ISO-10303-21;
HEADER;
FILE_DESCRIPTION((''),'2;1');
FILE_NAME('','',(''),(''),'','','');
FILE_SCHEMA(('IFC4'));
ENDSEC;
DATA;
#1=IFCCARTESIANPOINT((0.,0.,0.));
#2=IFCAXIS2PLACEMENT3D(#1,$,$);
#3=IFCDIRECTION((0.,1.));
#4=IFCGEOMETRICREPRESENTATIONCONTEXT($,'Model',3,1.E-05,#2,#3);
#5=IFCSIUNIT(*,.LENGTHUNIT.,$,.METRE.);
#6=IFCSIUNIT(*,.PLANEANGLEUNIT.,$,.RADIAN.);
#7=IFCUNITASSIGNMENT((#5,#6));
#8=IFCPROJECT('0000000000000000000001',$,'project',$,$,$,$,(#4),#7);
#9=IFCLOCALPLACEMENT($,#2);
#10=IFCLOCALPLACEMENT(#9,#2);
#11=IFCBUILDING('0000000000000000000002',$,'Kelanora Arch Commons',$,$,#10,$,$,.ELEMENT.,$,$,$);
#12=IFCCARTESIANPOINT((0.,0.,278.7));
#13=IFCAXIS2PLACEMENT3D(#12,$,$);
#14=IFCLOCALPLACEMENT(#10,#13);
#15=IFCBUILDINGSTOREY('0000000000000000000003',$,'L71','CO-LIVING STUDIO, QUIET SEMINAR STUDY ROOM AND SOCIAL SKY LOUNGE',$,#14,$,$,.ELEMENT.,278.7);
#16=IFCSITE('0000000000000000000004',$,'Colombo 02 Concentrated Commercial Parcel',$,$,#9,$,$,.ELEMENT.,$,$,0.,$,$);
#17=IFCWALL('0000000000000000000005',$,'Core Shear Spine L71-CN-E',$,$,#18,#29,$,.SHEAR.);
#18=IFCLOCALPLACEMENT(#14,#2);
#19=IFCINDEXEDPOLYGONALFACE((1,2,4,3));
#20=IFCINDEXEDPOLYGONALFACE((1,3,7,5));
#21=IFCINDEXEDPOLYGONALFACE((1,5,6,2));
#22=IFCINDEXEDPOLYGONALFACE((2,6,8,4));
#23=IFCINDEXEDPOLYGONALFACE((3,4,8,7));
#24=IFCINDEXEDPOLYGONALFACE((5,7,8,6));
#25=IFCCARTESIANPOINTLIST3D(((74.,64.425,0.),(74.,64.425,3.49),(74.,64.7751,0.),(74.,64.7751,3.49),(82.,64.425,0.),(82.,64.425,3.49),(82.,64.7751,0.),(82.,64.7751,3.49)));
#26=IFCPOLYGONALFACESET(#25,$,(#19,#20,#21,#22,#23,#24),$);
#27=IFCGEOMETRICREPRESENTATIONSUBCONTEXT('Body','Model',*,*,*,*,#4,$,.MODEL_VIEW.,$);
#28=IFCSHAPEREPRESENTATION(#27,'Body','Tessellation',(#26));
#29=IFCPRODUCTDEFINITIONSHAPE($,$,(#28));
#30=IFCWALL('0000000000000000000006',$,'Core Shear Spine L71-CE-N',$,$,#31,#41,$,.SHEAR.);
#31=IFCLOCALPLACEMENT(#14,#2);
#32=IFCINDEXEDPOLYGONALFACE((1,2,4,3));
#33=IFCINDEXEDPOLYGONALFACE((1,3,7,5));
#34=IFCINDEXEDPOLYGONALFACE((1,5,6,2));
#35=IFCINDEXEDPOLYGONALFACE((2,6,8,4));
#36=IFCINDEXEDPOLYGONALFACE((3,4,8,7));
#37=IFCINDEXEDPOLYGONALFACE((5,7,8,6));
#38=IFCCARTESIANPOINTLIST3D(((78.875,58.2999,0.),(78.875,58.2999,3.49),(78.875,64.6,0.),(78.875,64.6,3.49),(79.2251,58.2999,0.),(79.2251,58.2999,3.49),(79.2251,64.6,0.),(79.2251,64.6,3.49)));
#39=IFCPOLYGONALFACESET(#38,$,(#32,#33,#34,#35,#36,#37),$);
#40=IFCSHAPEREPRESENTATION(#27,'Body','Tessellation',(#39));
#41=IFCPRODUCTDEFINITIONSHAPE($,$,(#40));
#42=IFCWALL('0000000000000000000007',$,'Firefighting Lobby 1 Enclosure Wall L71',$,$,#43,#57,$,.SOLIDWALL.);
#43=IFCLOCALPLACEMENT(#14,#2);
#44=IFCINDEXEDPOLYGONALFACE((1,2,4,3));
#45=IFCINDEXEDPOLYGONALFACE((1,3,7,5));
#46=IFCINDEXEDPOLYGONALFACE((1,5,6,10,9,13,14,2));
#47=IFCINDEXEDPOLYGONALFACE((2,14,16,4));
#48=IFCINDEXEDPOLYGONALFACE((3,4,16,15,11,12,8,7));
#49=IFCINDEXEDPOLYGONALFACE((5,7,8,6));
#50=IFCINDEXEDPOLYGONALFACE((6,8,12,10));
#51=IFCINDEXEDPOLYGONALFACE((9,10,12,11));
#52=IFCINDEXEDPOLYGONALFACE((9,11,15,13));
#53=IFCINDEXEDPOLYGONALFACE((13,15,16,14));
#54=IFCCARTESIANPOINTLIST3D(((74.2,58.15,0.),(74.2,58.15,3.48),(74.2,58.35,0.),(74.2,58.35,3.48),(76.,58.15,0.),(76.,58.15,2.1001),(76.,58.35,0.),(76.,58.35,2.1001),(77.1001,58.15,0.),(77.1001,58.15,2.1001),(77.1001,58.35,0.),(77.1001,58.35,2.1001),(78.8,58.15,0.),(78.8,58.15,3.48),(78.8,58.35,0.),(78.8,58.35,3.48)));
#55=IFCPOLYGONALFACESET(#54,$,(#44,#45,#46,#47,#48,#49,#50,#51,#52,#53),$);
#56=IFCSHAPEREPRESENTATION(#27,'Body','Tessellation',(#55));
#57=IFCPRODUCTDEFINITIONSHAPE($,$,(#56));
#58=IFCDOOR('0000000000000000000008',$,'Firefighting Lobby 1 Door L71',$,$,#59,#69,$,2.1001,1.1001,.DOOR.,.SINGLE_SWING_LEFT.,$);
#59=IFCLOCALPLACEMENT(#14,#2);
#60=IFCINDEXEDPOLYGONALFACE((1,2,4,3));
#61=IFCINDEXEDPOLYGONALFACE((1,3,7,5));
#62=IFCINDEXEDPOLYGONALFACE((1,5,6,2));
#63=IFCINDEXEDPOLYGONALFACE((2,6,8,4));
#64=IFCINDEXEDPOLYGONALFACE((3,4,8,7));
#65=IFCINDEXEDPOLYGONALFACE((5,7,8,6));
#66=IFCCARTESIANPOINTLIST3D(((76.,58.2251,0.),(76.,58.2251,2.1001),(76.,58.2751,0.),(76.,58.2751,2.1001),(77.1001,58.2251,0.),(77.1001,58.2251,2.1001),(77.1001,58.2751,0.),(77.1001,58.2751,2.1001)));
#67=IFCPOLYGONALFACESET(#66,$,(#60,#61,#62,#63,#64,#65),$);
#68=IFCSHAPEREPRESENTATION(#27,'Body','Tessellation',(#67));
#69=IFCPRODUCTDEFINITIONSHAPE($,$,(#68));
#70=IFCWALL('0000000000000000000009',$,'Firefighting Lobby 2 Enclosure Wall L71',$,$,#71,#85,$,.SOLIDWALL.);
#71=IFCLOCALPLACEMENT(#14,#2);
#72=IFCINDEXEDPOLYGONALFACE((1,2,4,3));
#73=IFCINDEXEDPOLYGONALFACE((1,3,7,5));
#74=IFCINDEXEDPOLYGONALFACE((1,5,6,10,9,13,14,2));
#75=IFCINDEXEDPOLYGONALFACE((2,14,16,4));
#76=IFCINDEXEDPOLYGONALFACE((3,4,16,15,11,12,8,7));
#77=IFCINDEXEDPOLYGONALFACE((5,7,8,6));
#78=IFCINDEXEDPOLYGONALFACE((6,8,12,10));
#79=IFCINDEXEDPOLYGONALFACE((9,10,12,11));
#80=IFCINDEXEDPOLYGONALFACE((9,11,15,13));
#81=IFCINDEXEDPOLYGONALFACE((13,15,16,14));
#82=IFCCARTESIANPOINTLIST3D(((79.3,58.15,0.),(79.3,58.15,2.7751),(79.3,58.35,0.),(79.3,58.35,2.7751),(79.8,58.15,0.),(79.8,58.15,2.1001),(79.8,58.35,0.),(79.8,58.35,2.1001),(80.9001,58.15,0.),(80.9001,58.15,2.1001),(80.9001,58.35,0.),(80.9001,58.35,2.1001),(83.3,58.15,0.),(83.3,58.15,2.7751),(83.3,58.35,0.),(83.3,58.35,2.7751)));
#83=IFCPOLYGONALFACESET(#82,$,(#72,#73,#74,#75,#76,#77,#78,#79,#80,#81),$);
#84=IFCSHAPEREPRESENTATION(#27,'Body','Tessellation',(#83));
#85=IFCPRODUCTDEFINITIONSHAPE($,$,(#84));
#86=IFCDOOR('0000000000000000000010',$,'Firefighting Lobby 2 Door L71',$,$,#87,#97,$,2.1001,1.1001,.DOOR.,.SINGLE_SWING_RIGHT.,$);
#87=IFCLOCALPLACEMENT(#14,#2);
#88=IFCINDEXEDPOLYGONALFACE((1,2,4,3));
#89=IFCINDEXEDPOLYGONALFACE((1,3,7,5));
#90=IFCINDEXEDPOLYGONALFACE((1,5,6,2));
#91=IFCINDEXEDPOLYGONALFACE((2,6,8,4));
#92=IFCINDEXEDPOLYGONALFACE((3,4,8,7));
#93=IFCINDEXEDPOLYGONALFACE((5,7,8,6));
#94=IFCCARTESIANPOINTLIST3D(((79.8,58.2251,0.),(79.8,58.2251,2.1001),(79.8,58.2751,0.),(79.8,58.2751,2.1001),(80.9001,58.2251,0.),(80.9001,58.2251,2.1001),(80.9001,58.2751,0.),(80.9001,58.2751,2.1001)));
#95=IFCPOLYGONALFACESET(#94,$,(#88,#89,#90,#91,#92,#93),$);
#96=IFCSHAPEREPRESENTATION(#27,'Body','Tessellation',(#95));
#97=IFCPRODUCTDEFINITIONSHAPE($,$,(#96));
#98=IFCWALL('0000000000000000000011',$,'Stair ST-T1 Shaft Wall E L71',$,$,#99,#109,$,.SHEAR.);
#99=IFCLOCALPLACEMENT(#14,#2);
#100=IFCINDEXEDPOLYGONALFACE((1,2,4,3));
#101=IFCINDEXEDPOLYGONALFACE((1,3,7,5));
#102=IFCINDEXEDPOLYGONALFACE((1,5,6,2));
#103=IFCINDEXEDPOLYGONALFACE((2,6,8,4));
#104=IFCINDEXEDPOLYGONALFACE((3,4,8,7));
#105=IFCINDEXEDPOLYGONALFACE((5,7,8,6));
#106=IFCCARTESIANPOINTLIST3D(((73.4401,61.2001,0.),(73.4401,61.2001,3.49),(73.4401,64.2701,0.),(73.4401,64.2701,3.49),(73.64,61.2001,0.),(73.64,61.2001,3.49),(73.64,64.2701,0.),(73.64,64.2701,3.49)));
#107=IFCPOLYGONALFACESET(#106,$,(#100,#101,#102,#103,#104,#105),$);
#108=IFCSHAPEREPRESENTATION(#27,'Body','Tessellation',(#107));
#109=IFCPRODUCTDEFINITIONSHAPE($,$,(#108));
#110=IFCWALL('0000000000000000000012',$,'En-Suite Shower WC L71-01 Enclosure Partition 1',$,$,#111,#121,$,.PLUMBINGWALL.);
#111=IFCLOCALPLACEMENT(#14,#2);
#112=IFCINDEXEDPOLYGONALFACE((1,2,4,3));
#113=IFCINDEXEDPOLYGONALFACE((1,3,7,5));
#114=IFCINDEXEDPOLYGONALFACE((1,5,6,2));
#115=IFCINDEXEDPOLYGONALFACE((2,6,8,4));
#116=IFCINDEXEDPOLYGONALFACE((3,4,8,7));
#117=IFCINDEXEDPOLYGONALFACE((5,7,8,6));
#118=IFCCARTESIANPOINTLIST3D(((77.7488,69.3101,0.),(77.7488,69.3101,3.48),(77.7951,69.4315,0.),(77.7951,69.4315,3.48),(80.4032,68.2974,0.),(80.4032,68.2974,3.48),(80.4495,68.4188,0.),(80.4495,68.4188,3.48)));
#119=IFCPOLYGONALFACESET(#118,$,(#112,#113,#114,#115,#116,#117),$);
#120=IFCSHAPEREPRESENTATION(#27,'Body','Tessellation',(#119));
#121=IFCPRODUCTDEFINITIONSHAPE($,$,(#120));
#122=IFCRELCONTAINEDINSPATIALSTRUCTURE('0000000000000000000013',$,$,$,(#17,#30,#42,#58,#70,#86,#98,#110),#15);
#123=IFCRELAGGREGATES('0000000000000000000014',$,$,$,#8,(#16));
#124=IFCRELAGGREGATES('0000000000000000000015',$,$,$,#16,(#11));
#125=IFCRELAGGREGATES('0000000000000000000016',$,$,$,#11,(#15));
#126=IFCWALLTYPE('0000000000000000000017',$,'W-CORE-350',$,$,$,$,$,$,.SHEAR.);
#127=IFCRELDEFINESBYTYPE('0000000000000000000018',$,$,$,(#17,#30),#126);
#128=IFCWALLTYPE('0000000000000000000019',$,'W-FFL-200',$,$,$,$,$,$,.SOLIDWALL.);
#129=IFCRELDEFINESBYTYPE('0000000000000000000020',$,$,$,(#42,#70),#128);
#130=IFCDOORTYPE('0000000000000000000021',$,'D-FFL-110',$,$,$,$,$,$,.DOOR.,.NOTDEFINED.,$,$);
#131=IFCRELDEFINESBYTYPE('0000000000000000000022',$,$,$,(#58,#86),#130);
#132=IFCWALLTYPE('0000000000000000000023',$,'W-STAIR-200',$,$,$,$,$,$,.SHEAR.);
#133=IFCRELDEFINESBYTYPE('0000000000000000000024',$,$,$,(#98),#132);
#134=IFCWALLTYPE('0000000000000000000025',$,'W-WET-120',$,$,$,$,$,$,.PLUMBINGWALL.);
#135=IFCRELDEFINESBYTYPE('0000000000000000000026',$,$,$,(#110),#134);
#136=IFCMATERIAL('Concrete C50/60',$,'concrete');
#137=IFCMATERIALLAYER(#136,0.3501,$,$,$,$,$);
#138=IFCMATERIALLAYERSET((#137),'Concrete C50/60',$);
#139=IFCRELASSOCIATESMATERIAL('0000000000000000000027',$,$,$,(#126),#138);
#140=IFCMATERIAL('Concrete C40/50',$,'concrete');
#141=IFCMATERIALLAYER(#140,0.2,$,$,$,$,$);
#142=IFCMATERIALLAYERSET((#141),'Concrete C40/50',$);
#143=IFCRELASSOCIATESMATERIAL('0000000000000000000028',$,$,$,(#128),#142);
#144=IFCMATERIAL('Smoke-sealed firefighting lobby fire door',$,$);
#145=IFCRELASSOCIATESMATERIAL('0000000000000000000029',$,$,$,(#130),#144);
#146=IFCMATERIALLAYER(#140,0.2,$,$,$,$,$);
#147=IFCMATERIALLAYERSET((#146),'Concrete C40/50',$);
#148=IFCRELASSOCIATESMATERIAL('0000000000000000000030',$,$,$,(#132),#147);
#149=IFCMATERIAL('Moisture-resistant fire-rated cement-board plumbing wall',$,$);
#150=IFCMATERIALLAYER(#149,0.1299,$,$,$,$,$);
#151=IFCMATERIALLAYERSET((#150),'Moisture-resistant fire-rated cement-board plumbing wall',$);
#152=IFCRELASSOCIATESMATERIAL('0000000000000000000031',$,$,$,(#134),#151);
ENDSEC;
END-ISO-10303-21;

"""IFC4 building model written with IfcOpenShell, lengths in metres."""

from ifc_helpers import new_model, si_unit, direction, frame, frame_2d, origin, place, context, subcontext, project, spatial, rectangle, extrude, material, layer, layer_set, type_object, element, fill, save


model = new_model("IFC4")

# Units and contexts
model_context = context("Model", 3, precision=1e-05, world=origin(), true_north=direction((0.0, 1.0)))
body_context = subcontext(model_context, "Body", "Model", "MODEL_VIEW")
ifc_project = project(units=[si_unit("LENGTHUNIT", "METRE"), si_unit("PLANEANGLEUNIT", "RADIAN")], contexts=[model_context])

# Site, building, storey
site_placement = place(None, origin())
site = spatial("IfcSite", under=ifc_project, at=site_placement, Name="Colombo 02 Concentrated Commercial Parcel", CompositionType="ELEMENT", RefElevation=0.0)
building_placement = place(site_placement, origin())
building = spatial("IfcBuilding", under=site, at=building_placement, Name="Kelanora Arch Commons", CompositionType="ELEMENT")
storey_placement = place(building_placement, frame((0.0, 0.0, 278.7)))
storey = spatial("IfcBuildingStorey", under=building, at=storey_placement, Name="L71", Description="CO-LIVING STUDIO, QUIET SEMINAR STUDY ROOM AND SOCIAL SKY LOUNGE", CompositionType="ELEMENT", Elevation=278.7)

# Shared definitions
ifc_material_1 = material(Name="Concrete C50/60", Category="concrete")

# Walls
ifc_layer_1 = layer(ifc_material_1, 0.3501)
ifc_layer_set_1 = layer_set([ifc_layer_1], Name="Concrete C50/60")
wall_type_1 = type_object("IfcWallType", Name="W-CORE-350", PredefinedType="SHEAR", material=ifc_layer_set_1)
wall_1_placement = place(storey_placement, frame((74.0, 64.6001, 0.0), z_axis=(0.0, 0.0, 1.0), x_axis=(1.0, 0.0, 0.0)))
element("IfcWall", 1, at=wall_1_placement, inside=storey, type_object=wall_type_1, Name="Core Shear Spine L71-CN-E", PredefinedType="SHEAR", context=body_context, shape_type="SweptSolid", body=[
    extrude(rectangle(XDim=8.0, YDim=0.3501, at=frame_2d((4.0, 0.0))), origin(), (0.0, 0.0, 1.0), 3.49),
])
wall_2_placement = place(storey_placement, frame((79.05, 58.3, 0.0), z_axis=(0.0, 0.0, 1.0), x_axis=(0.0, 1.0, 0.0)))
element("IfcWall", 2, at=wall_2_placement, inside=storey, type_object=wall_type_1, Name="Core Shear Spine L71-CE-N", PredefinedType="SHEAR", context=body_context, shape_type="SweptSolid", body=[
    extrude(rectangle(XDim=6.3, YDim=0.3501, at=frame_2d((3.1499, 0.0))), origin(), (0.0, 0.0, 1.0), 3.49),
])

# Walls, openings, doors
ifc_material_2 = material(Name="Concrete C40/50", Category="concrete")
ifc_layer_2 = layer(ifc_material_2, 0.2)
ifc_layer_set_2 = layer_set([ifc_layer_2], Name="Concrete C40/50")
wall_type_2 = type_object("IfcWallType", Name="W-FFL-200", PredefinedType="SOLIDWALL", material=ifc_layer_set_2)
wall_3_placement = place(storey_placement, frame((74.2, 58.25, 0.0), z_axis=(0.0, 0.0, 1.0), x_axis=(1.0, 0.0, 0.0)))
wall_3 = element("IfcWall", 3, at=wall_3_placement, inside=storey, type_object=wall_type_2, Name="Firefighting Lobby 1 Enclosure Wall L71", PredefinedType="SOLIDWALL", context=body_context, shape_type="SweptSolid", body=[
    extrude(rectangle(XDim=4.6001, YDim=0.2, at=frame_2d((2.3, 0.0))), origin(), (0.0, 0.0, 1.0), 3.48),
])
opening_1_placement = place(wall_3_placement, frame((1.8, 0.0, 0.0)))
opening_1 = element("IfcOpeningElement", 4, at=opening_1_placement, cuts=wall_3, PredefinedType="OPENING", context=body_context, shape_type="SweptSolid", body=[
    extrude(rectangle(XDim=1.1001, YDim=2.1001, at=frame_2d((0.55, 1.05))), frame((0.0, 0.1099, 0.0), z_axis=(0.0, -1.0, 0.0), x_axis=(1.0, 0.0, 0.0)), (0.0, 0.0, 1.0), 0.22),
])
ifc_material_3 = material(Name="Smoke-sealed firefighting lobby fire door")
door_type_1 = type_object("IfcDoorType", Name="D-FFL-110", OperationType="NOTDEFINED", PredefinedType="DOOR", material=ifc_material_3)
door_1_placement = place(opening_1_placement, frame((1.1001, 0.0, 0.0), z_axis=(0.0, 0.0, 1.0), x_axis=(-1.0, 0.0, 0.0)))
door_1 = element("IfcDoor", 5, at=door_1_placement, inside=storey, type_object=door_type_1, Name="Firefighting Lobby 1 Door L71", OperationType="SINGLE_SWING_LEFT", OverallHeight=2.1001, OverallWidth=1.1001, PredefinedType="DOOR", context=body_context, shape_type="SweptSolid", body=[
    extrude(rectangle(XDim=1.1001, YDim=2.1001, at=frame_2d((0.55, 1.05))), frame((0.0, 0.0249, 0.0), z_axis=(0.0, -1.0, 0.0), x_axis=(1.0, 0.0, 0.0)), (0.0, 0.0, 1.0), 0.05),
])
fill(opening_1, door_1)
wall_4_placement = place(storey_placement, frame((79.3, 58.25, 0.0), z_axis=(0.0, 0.0, 1.0), x_axis=(1.0, 0.0, 0.0)))
wall_4 = element("IfcWall", 6, at=wall_4_placement, inside=storey, type_object=wall_type_2, Name="Firefighting Lobby 2 Enclosure Wall L71", PredefinedType="SOLIDWALL", context=body_context, shape_type="SweptSolid", body=[
    extrude(rectangle(XDim=4.0, YDim=0.2, at=frame_2d((2.0, 0.0))), origin(), (0.0, 0.0, 1.0), 2.7751),
])
opening_2_placement = place(wall_4_placement, frame((0.5, 0.0, 0.0)))
opening_2 = element("IfcOpeningElement", 7, at=opening_2_placement, cuts=wall_4, PredefinedType="OPENING", context=body_context, shape_type="SweptSolid", body=[
    extrude(rectangle(XDim=1.1001, YDim=2.1001, at=frame_2d((0.55, 1.05))), frame((0.0, 0.1099, 0.0), z_axis=(0.0, -1.0, 0.0), x_axis=(1.0, 0.0, 0.0)), (0.0, 0.0, 1.0), 0.22),
])
door_2_placement = place(opening_2_placement, frame((1.1001, 0.0, 0.0), z_axis=(0.0, 0.0, 1.0), x_axis=(-1.0, 0.0, 0.0)))
door_2 = element("IfcDoor", 8, at=door_2_placement, inside=storey, type_object=door_type_1, Name="Firefighting Lobby 2 Door L71", OperationType="SINGLE_SWING_RIGHT", OverallHeight=2.1001, OverallWidth=1.1001, PredefinedType="DOOR", context=body_context, shape_type="SweptSolid", body=[
    extrude(rectangle(XDim=1.1001, YDim=2.1001, at=frame_2d((0.55, 1.05))), frame((0.0, 0.0249, 0.0), z_axis=(0.0, -1.0, 0.0), x_axis=(1.0, 0.0, 0.0)), (0.0, 0.0, 1.0), 0.05),
])
fill(opening_2, door_2)

# Walls
ifc_layer_3 = layer(ifc_material_2, 0.2)
ifc_layer_set_3 = layer_set([ifc_layer_3], Name="Concrete C40/50")
wall_type_3 = type_object("IfcWallType", Name="W-STAIR-200", PredefinedType="SHEAR", material=ifc_layer_set_3)
wall_5_placement = place(storey_placement, frame((73.54, 61.2, 0.0), z_axis=(0.0, 0.0, 1.0), x_axis=(0.0, 1.0, 0.0)))
element("IfcWall", 9, at=wall_5_placement, inside=storey, type_object=wall_type_3, Name="Stair ST-T1 Shaft Wall E L71", PredefinedType="SHEAR", context=body_context, shape_type="SweptSolid", body=[
    extrude(rectangle(XDim=3.0701, YDim=0.2, at=frame_2d((1.5352, 0.0))), origin(), (0.0, 0.0, 1.0), 3.49),
])
ifc_material_4 = material(Name="Moisture-resistant fire-rated cement-board plumbing wall")
ifc_layer_4 = layer(ifc_material_4, 0.1299)
ifc_layer_set_4 = layer_set([ifc_layer_4], Name="Moisture-resistant fire-rated cement-board plumbing wall")
wall_type_4 = type_object("IfcWallType", Name="W-WET-120", PredefinedType="PLUMBINGWALL", material=ifc_layer_set_4)
wall_6_placement = place(storey_placement, frame((80.4263, 68.3582, 0.0), z_axis=(0.0, 0.0, 1.0), x_axis=(-0.934319, 0.356438, 0.0)))
element("IfcWall", 10, at=wall_6_placement, inside=storey, type_object=wall_type_4, Name="En-Suite Shower WC L71-01 Enclosure Partition 1", PredefinedType="PLUMBINGWALL", context=body_context, shape_type="SweptSolid", body=[
    extrude(rectangle(XDim=2.8411, YDim=0.1299, at=frame_2d((1.4204, 0.0))), origin(), (0.0, 0.0, 1.0), 3.48),
])

save(model, "model.ifc")
